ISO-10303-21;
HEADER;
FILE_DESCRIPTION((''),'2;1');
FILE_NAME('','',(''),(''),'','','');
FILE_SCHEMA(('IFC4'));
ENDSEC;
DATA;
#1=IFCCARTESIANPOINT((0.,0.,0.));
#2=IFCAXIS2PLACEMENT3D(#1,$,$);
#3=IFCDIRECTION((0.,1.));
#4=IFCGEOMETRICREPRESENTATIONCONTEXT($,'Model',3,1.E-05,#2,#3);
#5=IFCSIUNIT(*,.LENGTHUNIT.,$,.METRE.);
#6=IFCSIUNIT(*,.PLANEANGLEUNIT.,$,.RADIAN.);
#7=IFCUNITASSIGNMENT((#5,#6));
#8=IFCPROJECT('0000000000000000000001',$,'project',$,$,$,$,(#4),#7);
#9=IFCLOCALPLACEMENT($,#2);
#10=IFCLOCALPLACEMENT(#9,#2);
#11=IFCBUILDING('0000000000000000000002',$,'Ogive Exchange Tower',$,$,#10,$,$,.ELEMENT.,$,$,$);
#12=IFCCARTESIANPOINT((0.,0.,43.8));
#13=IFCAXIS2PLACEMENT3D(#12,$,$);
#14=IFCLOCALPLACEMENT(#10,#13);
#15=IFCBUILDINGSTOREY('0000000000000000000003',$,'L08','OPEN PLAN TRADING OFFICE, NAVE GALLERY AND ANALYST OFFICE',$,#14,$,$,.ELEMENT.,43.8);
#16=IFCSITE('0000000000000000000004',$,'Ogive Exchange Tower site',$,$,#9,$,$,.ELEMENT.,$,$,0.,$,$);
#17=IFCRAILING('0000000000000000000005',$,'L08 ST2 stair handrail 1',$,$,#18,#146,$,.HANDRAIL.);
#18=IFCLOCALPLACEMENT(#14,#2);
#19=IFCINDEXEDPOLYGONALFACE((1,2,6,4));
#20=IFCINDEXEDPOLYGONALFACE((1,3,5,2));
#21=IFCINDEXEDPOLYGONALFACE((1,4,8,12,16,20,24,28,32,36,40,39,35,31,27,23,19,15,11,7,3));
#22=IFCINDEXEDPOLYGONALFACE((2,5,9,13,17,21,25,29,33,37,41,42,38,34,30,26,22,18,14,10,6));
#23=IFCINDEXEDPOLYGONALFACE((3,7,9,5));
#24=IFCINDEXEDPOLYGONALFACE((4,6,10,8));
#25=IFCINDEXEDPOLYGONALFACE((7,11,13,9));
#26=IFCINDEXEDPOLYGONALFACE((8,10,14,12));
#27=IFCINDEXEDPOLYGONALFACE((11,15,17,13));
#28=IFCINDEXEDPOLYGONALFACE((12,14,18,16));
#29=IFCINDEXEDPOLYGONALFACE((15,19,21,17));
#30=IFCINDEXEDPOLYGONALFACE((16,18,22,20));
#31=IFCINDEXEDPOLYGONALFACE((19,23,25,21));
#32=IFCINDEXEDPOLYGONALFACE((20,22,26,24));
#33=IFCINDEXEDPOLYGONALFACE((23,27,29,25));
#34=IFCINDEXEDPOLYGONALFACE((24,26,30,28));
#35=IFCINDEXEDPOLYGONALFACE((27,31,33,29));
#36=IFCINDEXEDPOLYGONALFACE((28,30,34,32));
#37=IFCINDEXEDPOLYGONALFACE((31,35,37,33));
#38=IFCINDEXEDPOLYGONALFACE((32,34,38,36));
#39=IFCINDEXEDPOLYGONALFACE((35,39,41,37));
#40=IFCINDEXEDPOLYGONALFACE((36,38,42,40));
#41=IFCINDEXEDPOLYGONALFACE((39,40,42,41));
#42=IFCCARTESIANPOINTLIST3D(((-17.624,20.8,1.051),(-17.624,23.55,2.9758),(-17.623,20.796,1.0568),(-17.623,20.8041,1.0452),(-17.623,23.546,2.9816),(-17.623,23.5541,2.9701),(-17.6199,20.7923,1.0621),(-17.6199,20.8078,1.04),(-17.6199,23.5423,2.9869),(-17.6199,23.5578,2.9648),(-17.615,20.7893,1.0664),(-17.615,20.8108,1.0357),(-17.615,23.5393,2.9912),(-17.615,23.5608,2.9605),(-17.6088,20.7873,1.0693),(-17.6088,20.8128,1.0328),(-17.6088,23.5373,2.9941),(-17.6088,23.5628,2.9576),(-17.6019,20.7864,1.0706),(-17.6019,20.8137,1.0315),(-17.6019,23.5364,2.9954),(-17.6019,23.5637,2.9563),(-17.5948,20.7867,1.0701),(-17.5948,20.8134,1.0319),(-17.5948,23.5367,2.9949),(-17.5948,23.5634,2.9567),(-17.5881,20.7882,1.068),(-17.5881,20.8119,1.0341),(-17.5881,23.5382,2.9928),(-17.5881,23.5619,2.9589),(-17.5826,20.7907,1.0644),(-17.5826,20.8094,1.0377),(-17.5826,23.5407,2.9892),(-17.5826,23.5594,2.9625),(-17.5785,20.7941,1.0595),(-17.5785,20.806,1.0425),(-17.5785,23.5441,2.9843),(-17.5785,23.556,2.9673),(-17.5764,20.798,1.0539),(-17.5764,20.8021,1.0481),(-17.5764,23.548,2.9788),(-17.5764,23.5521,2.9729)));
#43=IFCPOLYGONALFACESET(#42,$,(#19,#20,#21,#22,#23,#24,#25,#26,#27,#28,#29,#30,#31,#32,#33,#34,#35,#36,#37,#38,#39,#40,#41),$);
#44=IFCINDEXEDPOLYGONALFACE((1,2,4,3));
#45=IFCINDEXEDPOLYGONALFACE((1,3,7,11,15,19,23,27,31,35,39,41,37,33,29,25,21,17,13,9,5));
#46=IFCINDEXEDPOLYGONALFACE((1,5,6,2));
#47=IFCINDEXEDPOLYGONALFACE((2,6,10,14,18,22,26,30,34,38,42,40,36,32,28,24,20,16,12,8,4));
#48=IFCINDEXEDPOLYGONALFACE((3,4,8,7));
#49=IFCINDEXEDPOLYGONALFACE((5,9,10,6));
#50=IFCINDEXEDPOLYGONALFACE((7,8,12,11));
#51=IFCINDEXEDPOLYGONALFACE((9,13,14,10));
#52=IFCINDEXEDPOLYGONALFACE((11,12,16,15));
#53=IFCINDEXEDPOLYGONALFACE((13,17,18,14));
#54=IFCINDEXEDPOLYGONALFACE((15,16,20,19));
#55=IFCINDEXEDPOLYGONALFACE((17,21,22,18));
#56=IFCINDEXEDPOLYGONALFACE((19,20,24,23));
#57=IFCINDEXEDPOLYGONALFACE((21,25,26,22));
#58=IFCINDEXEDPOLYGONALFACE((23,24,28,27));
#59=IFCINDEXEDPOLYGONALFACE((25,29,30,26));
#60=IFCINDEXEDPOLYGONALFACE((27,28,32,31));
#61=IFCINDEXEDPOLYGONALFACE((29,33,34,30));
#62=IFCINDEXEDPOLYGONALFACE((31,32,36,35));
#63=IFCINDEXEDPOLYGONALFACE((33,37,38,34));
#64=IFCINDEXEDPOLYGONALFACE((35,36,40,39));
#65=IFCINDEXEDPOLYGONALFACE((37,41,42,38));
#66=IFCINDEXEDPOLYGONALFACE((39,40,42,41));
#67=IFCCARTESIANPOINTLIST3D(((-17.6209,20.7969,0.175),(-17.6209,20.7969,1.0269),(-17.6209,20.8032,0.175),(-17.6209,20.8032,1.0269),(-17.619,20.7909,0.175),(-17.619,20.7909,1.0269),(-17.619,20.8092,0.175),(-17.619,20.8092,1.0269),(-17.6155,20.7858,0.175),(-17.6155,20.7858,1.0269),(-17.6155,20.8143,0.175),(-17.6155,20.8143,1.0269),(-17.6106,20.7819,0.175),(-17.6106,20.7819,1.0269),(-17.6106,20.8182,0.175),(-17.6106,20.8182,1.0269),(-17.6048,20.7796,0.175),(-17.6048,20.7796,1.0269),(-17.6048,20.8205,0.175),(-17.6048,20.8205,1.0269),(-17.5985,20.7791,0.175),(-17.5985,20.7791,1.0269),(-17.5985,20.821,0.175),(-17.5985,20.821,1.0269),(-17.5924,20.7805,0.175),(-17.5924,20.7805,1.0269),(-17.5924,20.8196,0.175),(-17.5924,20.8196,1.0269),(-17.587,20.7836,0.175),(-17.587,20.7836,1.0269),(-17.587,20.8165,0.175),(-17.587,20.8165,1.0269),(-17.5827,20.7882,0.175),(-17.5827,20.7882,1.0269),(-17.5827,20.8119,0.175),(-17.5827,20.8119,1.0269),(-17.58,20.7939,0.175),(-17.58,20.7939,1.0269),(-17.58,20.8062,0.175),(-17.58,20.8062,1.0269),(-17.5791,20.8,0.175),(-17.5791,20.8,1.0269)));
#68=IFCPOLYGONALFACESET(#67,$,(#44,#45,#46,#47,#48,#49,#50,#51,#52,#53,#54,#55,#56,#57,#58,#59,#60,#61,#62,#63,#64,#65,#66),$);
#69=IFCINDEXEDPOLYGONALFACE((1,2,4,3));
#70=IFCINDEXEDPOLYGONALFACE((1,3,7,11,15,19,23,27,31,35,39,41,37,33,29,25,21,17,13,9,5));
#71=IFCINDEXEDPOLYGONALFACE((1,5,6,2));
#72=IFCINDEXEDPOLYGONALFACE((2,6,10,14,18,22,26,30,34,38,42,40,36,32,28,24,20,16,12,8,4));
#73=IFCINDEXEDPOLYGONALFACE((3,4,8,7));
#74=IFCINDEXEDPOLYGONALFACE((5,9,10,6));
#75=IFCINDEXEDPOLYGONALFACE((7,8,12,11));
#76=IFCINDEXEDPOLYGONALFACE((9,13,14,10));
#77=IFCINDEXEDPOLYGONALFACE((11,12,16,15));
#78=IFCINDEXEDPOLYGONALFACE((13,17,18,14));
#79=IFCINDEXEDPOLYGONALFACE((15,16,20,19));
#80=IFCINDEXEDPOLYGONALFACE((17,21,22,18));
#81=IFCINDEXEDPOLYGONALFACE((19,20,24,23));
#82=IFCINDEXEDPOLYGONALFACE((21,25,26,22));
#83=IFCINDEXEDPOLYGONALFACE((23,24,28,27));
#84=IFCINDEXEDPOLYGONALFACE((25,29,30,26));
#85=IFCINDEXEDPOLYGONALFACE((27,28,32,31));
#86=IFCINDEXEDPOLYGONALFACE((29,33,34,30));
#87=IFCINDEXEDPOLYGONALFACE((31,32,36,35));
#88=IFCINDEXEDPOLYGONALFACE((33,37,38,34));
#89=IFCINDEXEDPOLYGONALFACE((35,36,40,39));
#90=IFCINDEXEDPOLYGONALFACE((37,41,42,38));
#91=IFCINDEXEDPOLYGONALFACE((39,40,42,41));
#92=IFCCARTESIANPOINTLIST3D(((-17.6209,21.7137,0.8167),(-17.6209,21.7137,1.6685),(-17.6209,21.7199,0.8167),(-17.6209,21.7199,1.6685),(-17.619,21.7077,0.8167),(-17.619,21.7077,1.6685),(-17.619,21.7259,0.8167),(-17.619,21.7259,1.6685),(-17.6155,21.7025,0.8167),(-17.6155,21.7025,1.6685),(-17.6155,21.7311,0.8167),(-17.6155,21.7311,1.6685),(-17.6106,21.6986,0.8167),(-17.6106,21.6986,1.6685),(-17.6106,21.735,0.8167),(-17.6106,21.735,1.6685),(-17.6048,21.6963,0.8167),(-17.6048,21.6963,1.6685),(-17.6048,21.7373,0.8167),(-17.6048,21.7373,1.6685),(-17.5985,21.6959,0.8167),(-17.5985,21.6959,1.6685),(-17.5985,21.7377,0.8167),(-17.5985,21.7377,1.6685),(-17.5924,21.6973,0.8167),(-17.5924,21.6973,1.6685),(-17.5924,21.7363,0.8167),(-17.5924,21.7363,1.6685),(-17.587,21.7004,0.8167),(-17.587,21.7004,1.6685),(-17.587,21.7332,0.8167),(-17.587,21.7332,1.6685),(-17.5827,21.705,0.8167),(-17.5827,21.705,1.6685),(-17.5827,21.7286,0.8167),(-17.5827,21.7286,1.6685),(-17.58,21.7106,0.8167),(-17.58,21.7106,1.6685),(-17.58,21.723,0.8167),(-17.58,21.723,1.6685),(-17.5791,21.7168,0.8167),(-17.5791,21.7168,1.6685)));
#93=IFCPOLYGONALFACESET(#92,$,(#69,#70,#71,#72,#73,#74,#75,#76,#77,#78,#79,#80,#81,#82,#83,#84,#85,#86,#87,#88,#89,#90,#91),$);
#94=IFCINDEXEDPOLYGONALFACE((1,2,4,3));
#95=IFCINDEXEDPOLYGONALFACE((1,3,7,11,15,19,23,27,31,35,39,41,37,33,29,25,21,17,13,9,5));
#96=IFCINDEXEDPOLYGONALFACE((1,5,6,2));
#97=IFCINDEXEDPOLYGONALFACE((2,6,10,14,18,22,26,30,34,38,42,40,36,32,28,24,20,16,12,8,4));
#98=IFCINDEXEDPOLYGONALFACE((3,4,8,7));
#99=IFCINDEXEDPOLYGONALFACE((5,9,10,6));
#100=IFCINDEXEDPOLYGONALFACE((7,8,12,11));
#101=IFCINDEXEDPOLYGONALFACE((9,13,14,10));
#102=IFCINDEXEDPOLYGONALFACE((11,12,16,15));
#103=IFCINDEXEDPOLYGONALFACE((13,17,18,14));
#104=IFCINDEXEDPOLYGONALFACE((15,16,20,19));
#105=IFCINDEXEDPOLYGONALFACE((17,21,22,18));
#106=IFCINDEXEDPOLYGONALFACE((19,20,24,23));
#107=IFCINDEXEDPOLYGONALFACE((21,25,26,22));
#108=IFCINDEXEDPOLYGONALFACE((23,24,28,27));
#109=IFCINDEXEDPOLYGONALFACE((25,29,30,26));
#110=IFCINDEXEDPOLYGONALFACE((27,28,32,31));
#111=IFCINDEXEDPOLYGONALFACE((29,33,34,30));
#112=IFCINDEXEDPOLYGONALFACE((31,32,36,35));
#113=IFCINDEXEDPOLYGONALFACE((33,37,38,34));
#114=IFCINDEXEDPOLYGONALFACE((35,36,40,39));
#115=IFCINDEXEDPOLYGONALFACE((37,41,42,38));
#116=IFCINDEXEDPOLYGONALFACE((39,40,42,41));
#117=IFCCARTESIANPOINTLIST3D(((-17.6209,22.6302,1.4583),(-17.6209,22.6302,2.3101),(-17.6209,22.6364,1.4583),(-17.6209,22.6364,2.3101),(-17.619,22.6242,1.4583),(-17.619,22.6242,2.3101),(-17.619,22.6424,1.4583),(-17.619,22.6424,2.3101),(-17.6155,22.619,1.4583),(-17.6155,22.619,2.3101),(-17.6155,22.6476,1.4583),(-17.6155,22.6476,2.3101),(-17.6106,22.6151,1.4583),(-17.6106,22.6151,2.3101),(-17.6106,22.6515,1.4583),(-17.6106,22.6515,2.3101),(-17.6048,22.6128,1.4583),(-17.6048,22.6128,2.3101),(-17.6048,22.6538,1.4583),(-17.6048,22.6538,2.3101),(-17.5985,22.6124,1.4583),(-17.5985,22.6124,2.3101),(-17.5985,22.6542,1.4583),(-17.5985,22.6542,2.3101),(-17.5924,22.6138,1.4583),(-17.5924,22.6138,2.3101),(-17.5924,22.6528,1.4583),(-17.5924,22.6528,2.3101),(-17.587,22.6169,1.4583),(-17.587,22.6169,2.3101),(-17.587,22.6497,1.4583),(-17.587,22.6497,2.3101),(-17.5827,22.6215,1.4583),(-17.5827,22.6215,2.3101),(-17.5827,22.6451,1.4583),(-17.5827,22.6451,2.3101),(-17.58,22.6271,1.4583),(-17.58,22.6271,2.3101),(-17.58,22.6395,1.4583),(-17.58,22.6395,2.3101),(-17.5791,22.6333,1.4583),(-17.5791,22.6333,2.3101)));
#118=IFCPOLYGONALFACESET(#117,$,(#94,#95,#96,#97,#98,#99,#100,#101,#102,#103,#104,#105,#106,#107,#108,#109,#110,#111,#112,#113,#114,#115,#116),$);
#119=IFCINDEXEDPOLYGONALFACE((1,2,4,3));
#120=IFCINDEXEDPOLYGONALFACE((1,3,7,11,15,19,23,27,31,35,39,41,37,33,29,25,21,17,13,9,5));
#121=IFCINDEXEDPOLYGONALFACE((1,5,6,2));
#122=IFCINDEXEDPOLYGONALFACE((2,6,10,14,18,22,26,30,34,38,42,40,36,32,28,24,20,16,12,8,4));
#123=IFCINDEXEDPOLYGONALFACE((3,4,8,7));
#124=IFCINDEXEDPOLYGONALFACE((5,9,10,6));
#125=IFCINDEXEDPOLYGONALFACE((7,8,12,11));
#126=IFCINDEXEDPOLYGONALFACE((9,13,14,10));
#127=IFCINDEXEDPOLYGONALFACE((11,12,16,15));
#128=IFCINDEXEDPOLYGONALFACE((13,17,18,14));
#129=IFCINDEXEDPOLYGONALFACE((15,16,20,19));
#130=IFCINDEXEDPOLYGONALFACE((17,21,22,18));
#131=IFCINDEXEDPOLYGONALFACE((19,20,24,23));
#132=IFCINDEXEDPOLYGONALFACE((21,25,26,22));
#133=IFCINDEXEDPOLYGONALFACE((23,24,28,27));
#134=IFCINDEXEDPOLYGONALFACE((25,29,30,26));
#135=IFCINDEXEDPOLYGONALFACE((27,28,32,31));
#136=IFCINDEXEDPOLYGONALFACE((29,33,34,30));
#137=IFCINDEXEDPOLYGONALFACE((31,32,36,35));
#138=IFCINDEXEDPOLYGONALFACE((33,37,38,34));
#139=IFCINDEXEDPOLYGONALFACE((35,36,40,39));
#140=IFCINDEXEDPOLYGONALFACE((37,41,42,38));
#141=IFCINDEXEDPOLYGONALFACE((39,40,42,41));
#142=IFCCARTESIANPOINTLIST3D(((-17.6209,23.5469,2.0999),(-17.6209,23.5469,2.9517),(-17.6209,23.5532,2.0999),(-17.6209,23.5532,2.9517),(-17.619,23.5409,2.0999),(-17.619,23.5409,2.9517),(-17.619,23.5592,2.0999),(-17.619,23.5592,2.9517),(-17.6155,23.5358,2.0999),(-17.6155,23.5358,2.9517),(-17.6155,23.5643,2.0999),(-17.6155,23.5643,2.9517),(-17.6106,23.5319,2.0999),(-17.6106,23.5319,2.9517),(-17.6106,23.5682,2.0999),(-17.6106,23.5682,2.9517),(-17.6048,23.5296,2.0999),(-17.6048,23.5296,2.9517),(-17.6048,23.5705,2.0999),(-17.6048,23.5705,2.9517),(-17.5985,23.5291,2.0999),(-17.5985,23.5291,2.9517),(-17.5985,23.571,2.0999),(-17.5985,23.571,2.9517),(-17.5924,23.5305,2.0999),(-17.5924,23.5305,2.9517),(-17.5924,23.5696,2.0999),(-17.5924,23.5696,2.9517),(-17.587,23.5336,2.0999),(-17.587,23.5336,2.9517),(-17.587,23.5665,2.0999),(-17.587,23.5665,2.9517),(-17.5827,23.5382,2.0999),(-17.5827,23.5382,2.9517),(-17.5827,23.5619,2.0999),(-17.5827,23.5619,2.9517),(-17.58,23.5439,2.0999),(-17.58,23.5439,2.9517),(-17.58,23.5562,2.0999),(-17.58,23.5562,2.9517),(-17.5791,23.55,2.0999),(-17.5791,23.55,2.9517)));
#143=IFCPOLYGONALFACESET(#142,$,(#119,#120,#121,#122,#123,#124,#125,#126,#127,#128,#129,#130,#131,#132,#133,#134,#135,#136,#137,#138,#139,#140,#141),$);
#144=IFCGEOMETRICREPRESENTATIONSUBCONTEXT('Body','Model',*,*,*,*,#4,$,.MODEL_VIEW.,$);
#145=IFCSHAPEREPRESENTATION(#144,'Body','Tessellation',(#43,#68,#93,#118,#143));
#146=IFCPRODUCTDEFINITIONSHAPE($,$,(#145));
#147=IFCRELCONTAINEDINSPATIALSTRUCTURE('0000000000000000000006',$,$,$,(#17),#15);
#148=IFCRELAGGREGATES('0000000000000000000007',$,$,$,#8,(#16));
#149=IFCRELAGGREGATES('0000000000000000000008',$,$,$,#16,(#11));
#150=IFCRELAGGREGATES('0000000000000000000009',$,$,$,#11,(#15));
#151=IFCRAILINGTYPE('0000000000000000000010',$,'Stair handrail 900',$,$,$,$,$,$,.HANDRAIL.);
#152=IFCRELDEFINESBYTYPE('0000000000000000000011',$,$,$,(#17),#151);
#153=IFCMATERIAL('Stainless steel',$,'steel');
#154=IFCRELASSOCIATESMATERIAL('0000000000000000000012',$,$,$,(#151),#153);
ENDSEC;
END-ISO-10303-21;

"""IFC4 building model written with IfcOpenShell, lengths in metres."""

from ifc_helpers import new_model, si_unit, direction, frame, origin, origin_2d, place, context, subcontext, project, spatial, circle, extrude, material, type_object, element, save


model = new_model("IFC4")

# Units and contexts
model_context = context("Model", 3, precision=1e-05, world=origin(), true_north=direction((0.0, 1.0)))
body_context = subcontext(model_context, "Body", "Model", "MODEL_VIEW")
ifc_project = project(units=[si_unit("LENGTHUNIT", "METRE"), si_unit("PLANEANGLEUNIT", "RADIAN")], contexts=[model_context])

# Site, building, storey
site_placement = place(None, origin())
site = spatial("IfcSite", under=ifc_project, at=site_placement, Name="Ogive Exchange Tower site", CompositionType="ELEMENT", RefElevation=0.0)
building_placement = place(site_placement, origin())
building = spatial("IfcBuilding", under=site, at=building_placement, Name="Ogive Exchange Tower", CompositionType="ELEMENT")
storey_placement = place(building_placement, frame((0.0, 0.0, 43.8)))
storey = spatial("IfcBuildingStorey", under=building, at=storey_placement, Name="L08", Description="OPEN PLAN TRADING OFFICE, NAVE GALLERY AND ANALYST OFFICE", CompositionType="ELEMENT", Elevation=43.8)

# Railing
ifc_material_1 = material(Name="Stainless steel", Category="steel")
railing_type = type_object("IfcRailingType", Name="Stair handrail 900", PredefinedType="HANDRAIL", material=ifc_material_1)
railing_1_placement = place(storey_placement, frame((-17.6001, 20.8, 0.175)))
element("IfcRailing", 1, at=railing_1_placement, inside=storey, type_object=railing_type, Name="L08 ST2 stair handrail 1", PredefinedType="HANDRAIL", context=body_context, shape_type="SweptSolid", body=[
    extrude(circle(Radius=0.0239, at=origin_2d()), frame((0.0, 0.0, 0.876), z_axis=(0.0, 0.819259, 0.573423), x_axis=(-1.0, 0.0, 0.0)), (0.0, 0.0, 1.0), 3.3567),
    extrude(circle(Radius=0.021, at=origin_2d()), origin(), (0.0, 0.0, 1.0), 0.8518),
    extrude(circle(Radius=0.021, at=origin_2d()), frame((0.0, 0.9167, 0.6416)), (0.0, 0.0, 1.0), 0.8518),
    extrude(circle(Radius=0.021, at=origin_2d()), frame((0.0, 1.8333, 1.2832)), (0.0, 0.0, 1.0), 0.8518),
    extrude(circle(Radius=0.021, at=origin_2d()), frame((0.0, 2.75, 1.9248)), (0.0, 0.0, 1.0), 0.8518),
])

save(model, "model.ifc")
